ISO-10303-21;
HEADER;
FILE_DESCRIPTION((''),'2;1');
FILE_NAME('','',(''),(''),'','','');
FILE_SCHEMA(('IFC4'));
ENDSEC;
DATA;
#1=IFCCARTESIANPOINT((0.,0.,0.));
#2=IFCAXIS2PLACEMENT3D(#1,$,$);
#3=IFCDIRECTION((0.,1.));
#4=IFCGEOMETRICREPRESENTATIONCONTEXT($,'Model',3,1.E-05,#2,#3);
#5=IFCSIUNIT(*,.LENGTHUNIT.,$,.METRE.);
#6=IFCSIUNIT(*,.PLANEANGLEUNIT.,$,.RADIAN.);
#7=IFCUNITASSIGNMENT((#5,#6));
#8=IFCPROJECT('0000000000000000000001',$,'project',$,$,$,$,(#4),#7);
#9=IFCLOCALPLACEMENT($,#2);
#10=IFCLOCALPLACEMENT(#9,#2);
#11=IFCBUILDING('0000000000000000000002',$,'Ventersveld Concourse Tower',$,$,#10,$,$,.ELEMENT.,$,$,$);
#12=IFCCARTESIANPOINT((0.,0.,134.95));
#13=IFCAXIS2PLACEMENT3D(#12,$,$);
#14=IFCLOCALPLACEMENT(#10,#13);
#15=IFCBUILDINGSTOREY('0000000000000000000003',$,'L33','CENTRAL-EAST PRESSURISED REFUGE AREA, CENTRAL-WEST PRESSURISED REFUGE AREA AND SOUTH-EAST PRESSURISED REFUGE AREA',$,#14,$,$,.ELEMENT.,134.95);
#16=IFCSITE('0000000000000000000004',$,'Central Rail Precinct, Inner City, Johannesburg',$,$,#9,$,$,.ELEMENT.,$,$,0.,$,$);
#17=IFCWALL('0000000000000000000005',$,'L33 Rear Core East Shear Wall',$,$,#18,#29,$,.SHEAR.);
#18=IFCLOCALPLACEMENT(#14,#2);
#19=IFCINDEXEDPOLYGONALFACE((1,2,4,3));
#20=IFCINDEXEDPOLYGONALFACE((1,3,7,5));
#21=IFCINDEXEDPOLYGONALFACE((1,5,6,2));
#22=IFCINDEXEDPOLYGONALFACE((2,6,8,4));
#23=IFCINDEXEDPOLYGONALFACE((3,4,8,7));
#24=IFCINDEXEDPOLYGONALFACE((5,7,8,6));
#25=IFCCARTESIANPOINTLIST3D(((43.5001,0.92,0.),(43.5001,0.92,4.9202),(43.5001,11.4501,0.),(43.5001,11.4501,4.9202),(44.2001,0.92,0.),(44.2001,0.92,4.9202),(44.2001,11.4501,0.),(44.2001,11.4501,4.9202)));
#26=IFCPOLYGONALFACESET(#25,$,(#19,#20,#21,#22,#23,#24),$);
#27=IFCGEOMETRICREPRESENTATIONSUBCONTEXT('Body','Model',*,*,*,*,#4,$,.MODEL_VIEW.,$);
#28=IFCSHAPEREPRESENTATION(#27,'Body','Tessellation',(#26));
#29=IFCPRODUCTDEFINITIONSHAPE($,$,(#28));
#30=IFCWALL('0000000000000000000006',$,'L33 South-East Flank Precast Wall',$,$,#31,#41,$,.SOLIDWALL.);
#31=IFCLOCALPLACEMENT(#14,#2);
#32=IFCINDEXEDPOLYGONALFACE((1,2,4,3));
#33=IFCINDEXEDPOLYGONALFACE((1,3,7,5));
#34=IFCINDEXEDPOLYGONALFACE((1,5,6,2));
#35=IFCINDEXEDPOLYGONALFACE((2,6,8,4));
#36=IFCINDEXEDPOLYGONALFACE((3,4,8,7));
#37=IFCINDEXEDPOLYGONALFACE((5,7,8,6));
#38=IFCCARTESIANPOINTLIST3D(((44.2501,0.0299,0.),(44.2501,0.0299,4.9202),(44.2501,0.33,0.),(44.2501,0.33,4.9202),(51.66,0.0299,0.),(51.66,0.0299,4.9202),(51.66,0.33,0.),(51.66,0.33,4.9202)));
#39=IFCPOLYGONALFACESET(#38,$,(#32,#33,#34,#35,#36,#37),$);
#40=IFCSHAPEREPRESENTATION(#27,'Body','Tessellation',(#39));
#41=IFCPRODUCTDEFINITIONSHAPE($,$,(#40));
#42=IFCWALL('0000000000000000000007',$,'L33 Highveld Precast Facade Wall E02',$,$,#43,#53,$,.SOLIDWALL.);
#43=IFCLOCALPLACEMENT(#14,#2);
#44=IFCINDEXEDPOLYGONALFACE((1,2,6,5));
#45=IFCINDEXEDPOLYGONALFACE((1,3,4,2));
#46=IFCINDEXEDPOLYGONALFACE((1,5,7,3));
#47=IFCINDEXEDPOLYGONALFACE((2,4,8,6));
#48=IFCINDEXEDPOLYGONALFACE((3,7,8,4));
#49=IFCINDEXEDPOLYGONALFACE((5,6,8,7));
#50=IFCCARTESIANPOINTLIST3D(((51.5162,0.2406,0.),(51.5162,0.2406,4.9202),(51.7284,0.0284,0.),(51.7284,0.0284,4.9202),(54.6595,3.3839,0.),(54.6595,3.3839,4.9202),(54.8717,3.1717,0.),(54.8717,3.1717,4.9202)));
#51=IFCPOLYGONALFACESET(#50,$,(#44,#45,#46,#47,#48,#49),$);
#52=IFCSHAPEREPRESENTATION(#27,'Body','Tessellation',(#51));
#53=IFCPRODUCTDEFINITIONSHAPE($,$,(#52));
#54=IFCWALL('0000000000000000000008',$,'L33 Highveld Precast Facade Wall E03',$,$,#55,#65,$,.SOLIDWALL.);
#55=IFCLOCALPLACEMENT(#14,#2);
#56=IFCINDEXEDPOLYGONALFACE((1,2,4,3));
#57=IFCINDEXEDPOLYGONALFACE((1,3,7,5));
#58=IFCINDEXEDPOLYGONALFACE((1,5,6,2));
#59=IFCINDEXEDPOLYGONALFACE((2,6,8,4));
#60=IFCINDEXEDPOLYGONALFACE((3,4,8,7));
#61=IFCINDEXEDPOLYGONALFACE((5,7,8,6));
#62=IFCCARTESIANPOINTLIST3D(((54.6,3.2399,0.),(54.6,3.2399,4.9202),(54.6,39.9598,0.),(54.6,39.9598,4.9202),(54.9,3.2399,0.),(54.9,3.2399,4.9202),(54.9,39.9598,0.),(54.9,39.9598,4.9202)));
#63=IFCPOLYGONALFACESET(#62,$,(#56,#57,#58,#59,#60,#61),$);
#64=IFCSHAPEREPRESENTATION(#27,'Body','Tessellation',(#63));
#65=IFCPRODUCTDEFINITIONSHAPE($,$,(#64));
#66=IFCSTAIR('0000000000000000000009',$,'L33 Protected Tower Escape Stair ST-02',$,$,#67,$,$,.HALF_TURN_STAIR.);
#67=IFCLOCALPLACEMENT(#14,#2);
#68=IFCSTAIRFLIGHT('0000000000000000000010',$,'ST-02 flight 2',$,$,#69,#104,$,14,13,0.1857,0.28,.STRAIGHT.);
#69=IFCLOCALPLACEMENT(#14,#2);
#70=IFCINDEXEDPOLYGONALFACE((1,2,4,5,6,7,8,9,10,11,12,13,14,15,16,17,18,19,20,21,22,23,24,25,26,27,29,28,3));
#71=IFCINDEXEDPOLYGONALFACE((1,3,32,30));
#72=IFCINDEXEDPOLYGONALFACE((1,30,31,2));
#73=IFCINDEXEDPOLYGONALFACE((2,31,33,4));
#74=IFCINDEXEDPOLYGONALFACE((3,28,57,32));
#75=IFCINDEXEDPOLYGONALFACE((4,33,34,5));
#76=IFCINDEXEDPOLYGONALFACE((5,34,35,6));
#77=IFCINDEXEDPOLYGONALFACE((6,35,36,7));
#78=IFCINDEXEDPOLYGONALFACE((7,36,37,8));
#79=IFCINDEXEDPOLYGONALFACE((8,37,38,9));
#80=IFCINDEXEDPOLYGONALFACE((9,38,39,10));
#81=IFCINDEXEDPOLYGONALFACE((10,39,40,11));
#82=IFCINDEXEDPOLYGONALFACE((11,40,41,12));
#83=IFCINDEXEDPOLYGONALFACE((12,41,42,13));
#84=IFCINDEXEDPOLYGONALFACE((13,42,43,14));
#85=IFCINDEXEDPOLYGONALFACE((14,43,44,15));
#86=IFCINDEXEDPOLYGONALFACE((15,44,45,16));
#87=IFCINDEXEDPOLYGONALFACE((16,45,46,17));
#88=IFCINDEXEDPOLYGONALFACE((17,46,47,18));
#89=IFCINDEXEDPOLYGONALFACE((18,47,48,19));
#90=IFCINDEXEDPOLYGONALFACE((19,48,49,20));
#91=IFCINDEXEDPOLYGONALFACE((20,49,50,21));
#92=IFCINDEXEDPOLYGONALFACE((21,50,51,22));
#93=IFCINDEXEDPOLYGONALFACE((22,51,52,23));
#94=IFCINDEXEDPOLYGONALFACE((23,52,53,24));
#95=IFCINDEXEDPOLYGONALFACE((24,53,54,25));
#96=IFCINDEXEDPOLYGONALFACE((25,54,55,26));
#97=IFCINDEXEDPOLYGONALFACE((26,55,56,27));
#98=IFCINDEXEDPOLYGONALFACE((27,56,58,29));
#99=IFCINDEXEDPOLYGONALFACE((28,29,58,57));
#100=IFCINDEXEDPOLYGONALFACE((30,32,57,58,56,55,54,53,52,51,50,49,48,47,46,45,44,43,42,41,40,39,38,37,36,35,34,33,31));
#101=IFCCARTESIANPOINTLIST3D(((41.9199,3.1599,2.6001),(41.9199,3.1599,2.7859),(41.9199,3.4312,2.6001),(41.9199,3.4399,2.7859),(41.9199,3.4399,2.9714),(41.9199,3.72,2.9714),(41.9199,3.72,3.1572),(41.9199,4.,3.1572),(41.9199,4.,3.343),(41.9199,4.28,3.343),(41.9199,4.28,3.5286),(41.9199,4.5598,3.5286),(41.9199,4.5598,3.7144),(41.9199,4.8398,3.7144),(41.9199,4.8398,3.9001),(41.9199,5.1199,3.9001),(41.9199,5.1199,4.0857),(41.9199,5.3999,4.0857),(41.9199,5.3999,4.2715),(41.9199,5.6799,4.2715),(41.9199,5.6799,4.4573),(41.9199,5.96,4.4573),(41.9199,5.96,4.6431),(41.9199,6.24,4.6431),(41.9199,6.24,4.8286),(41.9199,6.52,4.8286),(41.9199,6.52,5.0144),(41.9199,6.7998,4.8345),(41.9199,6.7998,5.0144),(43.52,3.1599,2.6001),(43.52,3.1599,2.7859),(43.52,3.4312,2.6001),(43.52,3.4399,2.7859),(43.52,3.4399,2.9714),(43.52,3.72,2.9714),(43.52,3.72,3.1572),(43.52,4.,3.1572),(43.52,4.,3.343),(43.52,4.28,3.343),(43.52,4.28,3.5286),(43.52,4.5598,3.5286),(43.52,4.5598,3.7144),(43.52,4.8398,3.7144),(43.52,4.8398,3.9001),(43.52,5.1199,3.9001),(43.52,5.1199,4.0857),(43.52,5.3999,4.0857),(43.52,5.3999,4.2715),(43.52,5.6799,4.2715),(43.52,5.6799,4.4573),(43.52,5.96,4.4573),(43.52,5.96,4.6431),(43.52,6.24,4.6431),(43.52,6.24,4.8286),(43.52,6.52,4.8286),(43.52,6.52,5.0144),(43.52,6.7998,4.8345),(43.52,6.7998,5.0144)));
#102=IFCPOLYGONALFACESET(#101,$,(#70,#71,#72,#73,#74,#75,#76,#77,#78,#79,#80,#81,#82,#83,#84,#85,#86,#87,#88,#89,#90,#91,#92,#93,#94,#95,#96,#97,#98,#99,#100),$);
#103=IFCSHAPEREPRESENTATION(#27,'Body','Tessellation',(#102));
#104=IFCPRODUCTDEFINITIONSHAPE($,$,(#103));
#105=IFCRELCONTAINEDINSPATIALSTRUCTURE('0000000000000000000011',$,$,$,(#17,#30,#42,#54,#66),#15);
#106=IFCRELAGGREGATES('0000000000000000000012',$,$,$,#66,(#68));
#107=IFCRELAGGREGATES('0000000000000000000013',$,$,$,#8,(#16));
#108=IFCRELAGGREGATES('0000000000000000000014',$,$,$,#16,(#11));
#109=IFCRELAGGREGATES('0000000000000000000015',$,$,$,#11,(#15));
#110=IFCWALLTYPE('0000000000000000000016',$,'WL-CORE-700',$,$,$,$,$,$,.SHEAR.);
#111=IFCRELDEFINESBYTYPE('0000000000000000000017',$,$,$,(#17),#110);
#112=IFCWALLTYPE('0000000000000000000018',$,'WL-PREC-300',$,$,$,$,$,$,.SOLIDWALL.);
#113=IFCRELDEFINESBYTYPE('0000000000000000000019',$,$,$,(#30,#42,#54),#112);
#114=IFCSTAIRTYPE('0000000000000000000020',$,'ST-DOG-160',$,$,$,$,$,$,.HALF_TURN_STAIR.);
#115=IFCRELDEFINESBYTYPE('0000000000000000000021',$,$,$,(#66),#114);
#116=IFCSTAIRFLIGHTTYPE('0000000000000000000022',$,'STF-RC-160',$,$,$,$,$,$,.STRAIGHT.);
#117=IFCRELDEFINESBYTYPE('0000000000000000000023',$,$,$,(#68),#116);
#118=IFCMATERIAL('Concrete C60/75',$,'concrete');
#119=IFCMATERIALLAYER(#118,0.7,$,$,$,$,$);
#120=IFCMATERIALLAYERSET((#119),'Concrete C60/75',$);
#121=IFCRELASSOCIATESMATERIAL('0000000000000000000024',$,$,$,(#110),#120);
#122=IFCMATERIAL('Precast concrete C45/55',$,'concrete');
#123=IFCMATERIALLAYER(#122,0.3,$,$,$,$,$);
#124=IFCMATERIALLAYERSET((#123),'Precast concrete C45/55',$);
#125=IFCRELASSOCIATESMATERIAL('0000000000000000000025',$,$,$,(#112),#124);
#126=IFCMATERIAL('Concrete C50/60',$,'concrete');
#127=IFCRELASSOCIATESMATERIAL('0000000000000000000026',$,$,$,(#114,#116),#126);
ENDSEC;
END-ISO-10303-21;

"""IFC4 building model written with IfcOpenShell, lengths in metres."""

from ifc_helpers import new_model, si_unit, direction, frame, frame_2d, origin, place, context, subcontext, project, spatial, polyline, rectangle, outline, extrude, material, layer, layer_set, type_object, element, aggregate, save


model = new_model("IFC4")

# Units and contexts
model_context = context("Model", 3, precision=1e-05, world=origin(), true_north=direction((0.0, 1.0)))
body_context = subcontext(model_context, "Body", "Model", "MODEL_VIEW")
ifc_project = project(units=[si_unit("LENGTHUNIT", "METRE"), si_unit("PLANEANGLEUNIT", "RADIAN")], contexts=[model_context])

# Site, building, storey
site_placement = place(None, origin())
site = spatial("IfcSite", under=ifc_project, at=site_placement, Name="Central Rail Precinct, Inner City, Johannesburg", CompositionType="ELEMENT", RefElevation=0.0)
building_placement = place(site_placement, origin())
building = spatial("IfcBuilding", under=site, at=building_placement, Name="Ventersveld Concourse Tower", CompositionType="ELEMENT")
storey_placement = place(building_placement, frame((0.0, 0.0, 134.95)))
storey = spatial("IfcBuildingStorey", under=building, at=storey_placement, Name="L33", Description="CENTRAL-EAST PRESSURISED REFUGE AREA, CENTRAL-WEST PRESSURISED REFUGE AREA AND SOUTH-EAST PRESSURISED REFUGE AREA", CompositionType="ELEMENT", Elevation=134.95)

# Shared definitions
ifc_material_1 = material(Name="Concrete C50/60", Category="concrete")

# Walls
ifc_material_2 = material(Name="Concrete C60/75", Category="concrete")
ifc_layer_1 = layer(ifc_material_2, 0.7)
ifc_layer_set_1 = layer_set([ifc_layer_1], Name="Concrete C60/75")
wall_type_1 = type_object("IfcWallType", Name="WL-CORE-700", PredefinedType="SHEAR", material=ifc_layer_set_1)
wall_1_placement = place(storey_placement, frame((43.8501, 0.9199, 0.0), z_axis=(0.0, 0.0, 1.0), x_axis=(0.0, 1.0, 0.0)))
element("IfcWall", 1, at=wall_1_placement, inside=storey, type_object=wall_type_1, Name="L33 Rear Core East Shear Wall", PredefinedType="SHEAR", context=body_context, shape_type="SweptSolid", body=[
    extrude(rectangle(XDim=10.53, YDim=0.7, at=frame_2d((5.2651, 0.0))), origin(), (0.0, 0.0, 1.0), 4.9202),
])
ifc_material_3 = material(Name="Precast concrete C45/55", Category="concrete")
ifc_layer_2 = layer(ifc_material_3, 0.3)
ifc_layer_set_2 = layer_set([ifc_layer_2], Name="Precast concrete C45/55")
wall_type_2 = type_object("IfcWallType", Name="WL-PREC-300", PredefinedType="SOLIDWALL", material=ifc_layer_set_2)
wall_2_placement = place(storey_placement, frame((44.25, 0.1799, 0.0), z_axis=(0.0, 0.0, 1.0), x_axis=(1.0, 0.0, 0.0)))
element("IfcWall", 2, at=wall_2_placement, inside=storey, type_object=wall_type_2, Name="L33 South-East Flank Precast Wall", PredefinedType="SOLIDWALL", context=body_context, shape_type="SweptSolid", body=[
    extrude(rectangle(XDim=7.4099, YDim=0.3, at=frame_2d((3.7051, 0.0))), origin(), (0.0, 0.0, 1.0), 4.9202),
])
wall_3_placement = place(storey_placement, frame((51.6223, 0.1345, 0.0), z_axis=(0.0, 0.0, 1.0), x_axis=(0.707107, 0.707107, 0.0)))
element("IfcWall", 3, at=wall_3_placement, inside=storey, type_object=wall_type_2, Name="L33 Highveld Precast Facade Wall E02", PredefinedType="SOLIDWALL", context=body_context, shape_type="SweptSolid", body=[
    extrude(rectangle(XDim=4.4453, YDim=0.3, at=frame_2d((2.2227, 0.0))), origin(), (0.0, 0.0, 1.0), 4.9202),
])
wall_4_placement = place(storey_placement, frame((54.75, 3.24, 0.0), z_axis=(0.0, 0.0, 1.0), x_axis=(0.0, 1.0, 0.0)))
element("IfcWall", 4, at=wall_4_placement, inside=storey, type_object=wall_type_2, Name="L33 Highveld Precast Facade Wall E03", PredefinedType="SOLIDWALL", context=body_context, shape_type="SweptSolid", body=[
    extrude(rectangle(XDim=36.72, YDim=0.3, at=frame_2d((18.3599, 0.0))), origin(), (0.0, 0.0, 1.0), 4.9202),
])

# Stair, stair flight
stair_type = type_object("IfcStairType", Name="ST-DOG-160", PredefinedType="HALF_TURN_STAIR", material=ifc_material_1)
stair_placement = place(storey_placement, origin())
stair = element("IfcStair", 5, at=stair_placement, inside=storey, type_object=stair_type, Name="L33 Protected Tower Escape Stair ST-02", PredefinedType="HALF_TURN_STAIR")
stair_flight_type = type_object("IfcStairFlightType", Name="STF-RC-160", PredefinedType="STRAIGHT", material=ifc_material_1)
stair_flight_placement = place(storey_placement, frame((42.72, 3.1599, 2.6001), z_axis=(0.0, 0.0, 1.0), x_axis=(0.0, 1.0, 0.0)))
stair_flight = element("IfcStairFlight", 6, at=stair_flight_placement, type_object=stair_flight_type, Name="ST-02 flight 2", NumberOfRisers=14, NumberOfTreads=13, PredefinedType="STRAIGHT", RiserHeight=0.1857, TreadLength=0.28, context=body_context, shape_type="SweptSolid", body=[
    extrude(outline(polyline([(0.0, 0.0), (0.0, 0.1858), (0.28, 0.1858), (0.28, 0.3713), (0.5601, 0.3713), (0.5601, 0.5571), (0.8401, 0.5571), (0.8401, 0.7429), (1.1201, 0.7429), (1.1201, 0.9285), (1.3999, 0.9285), (1.3999, 1.1143), (1.6799, 1.1143), (1.6799, 1.3), (1.96, 1.3), (1.96, 1.4856), (2.24, 1.4856), (2.24, 1.6714), (2.52, 1.6714), (2.52, 1.8572), (2.8, 1.8572), (2.8, 2.043), (3.0801, 2.043), (3.0801, 2.2285), (3.3601, 2.2285), (3.3601, 2.4143), (3.6399, 2.4143), (3.6399, 2.6001), (3.6399, 2.2344), (0.2712, 0.0), (0.0, 0.0)])), frame((0.0, 0.8, 0.0), z_axis=(0.0, -1.0, 0.0), x_axis=(1.0, 0.0, 0.0)), (0.0, 0.0, 1.0), 1.6001),
])
aggregate(stair, [stair_flight])

save(model, "model.ifc")
